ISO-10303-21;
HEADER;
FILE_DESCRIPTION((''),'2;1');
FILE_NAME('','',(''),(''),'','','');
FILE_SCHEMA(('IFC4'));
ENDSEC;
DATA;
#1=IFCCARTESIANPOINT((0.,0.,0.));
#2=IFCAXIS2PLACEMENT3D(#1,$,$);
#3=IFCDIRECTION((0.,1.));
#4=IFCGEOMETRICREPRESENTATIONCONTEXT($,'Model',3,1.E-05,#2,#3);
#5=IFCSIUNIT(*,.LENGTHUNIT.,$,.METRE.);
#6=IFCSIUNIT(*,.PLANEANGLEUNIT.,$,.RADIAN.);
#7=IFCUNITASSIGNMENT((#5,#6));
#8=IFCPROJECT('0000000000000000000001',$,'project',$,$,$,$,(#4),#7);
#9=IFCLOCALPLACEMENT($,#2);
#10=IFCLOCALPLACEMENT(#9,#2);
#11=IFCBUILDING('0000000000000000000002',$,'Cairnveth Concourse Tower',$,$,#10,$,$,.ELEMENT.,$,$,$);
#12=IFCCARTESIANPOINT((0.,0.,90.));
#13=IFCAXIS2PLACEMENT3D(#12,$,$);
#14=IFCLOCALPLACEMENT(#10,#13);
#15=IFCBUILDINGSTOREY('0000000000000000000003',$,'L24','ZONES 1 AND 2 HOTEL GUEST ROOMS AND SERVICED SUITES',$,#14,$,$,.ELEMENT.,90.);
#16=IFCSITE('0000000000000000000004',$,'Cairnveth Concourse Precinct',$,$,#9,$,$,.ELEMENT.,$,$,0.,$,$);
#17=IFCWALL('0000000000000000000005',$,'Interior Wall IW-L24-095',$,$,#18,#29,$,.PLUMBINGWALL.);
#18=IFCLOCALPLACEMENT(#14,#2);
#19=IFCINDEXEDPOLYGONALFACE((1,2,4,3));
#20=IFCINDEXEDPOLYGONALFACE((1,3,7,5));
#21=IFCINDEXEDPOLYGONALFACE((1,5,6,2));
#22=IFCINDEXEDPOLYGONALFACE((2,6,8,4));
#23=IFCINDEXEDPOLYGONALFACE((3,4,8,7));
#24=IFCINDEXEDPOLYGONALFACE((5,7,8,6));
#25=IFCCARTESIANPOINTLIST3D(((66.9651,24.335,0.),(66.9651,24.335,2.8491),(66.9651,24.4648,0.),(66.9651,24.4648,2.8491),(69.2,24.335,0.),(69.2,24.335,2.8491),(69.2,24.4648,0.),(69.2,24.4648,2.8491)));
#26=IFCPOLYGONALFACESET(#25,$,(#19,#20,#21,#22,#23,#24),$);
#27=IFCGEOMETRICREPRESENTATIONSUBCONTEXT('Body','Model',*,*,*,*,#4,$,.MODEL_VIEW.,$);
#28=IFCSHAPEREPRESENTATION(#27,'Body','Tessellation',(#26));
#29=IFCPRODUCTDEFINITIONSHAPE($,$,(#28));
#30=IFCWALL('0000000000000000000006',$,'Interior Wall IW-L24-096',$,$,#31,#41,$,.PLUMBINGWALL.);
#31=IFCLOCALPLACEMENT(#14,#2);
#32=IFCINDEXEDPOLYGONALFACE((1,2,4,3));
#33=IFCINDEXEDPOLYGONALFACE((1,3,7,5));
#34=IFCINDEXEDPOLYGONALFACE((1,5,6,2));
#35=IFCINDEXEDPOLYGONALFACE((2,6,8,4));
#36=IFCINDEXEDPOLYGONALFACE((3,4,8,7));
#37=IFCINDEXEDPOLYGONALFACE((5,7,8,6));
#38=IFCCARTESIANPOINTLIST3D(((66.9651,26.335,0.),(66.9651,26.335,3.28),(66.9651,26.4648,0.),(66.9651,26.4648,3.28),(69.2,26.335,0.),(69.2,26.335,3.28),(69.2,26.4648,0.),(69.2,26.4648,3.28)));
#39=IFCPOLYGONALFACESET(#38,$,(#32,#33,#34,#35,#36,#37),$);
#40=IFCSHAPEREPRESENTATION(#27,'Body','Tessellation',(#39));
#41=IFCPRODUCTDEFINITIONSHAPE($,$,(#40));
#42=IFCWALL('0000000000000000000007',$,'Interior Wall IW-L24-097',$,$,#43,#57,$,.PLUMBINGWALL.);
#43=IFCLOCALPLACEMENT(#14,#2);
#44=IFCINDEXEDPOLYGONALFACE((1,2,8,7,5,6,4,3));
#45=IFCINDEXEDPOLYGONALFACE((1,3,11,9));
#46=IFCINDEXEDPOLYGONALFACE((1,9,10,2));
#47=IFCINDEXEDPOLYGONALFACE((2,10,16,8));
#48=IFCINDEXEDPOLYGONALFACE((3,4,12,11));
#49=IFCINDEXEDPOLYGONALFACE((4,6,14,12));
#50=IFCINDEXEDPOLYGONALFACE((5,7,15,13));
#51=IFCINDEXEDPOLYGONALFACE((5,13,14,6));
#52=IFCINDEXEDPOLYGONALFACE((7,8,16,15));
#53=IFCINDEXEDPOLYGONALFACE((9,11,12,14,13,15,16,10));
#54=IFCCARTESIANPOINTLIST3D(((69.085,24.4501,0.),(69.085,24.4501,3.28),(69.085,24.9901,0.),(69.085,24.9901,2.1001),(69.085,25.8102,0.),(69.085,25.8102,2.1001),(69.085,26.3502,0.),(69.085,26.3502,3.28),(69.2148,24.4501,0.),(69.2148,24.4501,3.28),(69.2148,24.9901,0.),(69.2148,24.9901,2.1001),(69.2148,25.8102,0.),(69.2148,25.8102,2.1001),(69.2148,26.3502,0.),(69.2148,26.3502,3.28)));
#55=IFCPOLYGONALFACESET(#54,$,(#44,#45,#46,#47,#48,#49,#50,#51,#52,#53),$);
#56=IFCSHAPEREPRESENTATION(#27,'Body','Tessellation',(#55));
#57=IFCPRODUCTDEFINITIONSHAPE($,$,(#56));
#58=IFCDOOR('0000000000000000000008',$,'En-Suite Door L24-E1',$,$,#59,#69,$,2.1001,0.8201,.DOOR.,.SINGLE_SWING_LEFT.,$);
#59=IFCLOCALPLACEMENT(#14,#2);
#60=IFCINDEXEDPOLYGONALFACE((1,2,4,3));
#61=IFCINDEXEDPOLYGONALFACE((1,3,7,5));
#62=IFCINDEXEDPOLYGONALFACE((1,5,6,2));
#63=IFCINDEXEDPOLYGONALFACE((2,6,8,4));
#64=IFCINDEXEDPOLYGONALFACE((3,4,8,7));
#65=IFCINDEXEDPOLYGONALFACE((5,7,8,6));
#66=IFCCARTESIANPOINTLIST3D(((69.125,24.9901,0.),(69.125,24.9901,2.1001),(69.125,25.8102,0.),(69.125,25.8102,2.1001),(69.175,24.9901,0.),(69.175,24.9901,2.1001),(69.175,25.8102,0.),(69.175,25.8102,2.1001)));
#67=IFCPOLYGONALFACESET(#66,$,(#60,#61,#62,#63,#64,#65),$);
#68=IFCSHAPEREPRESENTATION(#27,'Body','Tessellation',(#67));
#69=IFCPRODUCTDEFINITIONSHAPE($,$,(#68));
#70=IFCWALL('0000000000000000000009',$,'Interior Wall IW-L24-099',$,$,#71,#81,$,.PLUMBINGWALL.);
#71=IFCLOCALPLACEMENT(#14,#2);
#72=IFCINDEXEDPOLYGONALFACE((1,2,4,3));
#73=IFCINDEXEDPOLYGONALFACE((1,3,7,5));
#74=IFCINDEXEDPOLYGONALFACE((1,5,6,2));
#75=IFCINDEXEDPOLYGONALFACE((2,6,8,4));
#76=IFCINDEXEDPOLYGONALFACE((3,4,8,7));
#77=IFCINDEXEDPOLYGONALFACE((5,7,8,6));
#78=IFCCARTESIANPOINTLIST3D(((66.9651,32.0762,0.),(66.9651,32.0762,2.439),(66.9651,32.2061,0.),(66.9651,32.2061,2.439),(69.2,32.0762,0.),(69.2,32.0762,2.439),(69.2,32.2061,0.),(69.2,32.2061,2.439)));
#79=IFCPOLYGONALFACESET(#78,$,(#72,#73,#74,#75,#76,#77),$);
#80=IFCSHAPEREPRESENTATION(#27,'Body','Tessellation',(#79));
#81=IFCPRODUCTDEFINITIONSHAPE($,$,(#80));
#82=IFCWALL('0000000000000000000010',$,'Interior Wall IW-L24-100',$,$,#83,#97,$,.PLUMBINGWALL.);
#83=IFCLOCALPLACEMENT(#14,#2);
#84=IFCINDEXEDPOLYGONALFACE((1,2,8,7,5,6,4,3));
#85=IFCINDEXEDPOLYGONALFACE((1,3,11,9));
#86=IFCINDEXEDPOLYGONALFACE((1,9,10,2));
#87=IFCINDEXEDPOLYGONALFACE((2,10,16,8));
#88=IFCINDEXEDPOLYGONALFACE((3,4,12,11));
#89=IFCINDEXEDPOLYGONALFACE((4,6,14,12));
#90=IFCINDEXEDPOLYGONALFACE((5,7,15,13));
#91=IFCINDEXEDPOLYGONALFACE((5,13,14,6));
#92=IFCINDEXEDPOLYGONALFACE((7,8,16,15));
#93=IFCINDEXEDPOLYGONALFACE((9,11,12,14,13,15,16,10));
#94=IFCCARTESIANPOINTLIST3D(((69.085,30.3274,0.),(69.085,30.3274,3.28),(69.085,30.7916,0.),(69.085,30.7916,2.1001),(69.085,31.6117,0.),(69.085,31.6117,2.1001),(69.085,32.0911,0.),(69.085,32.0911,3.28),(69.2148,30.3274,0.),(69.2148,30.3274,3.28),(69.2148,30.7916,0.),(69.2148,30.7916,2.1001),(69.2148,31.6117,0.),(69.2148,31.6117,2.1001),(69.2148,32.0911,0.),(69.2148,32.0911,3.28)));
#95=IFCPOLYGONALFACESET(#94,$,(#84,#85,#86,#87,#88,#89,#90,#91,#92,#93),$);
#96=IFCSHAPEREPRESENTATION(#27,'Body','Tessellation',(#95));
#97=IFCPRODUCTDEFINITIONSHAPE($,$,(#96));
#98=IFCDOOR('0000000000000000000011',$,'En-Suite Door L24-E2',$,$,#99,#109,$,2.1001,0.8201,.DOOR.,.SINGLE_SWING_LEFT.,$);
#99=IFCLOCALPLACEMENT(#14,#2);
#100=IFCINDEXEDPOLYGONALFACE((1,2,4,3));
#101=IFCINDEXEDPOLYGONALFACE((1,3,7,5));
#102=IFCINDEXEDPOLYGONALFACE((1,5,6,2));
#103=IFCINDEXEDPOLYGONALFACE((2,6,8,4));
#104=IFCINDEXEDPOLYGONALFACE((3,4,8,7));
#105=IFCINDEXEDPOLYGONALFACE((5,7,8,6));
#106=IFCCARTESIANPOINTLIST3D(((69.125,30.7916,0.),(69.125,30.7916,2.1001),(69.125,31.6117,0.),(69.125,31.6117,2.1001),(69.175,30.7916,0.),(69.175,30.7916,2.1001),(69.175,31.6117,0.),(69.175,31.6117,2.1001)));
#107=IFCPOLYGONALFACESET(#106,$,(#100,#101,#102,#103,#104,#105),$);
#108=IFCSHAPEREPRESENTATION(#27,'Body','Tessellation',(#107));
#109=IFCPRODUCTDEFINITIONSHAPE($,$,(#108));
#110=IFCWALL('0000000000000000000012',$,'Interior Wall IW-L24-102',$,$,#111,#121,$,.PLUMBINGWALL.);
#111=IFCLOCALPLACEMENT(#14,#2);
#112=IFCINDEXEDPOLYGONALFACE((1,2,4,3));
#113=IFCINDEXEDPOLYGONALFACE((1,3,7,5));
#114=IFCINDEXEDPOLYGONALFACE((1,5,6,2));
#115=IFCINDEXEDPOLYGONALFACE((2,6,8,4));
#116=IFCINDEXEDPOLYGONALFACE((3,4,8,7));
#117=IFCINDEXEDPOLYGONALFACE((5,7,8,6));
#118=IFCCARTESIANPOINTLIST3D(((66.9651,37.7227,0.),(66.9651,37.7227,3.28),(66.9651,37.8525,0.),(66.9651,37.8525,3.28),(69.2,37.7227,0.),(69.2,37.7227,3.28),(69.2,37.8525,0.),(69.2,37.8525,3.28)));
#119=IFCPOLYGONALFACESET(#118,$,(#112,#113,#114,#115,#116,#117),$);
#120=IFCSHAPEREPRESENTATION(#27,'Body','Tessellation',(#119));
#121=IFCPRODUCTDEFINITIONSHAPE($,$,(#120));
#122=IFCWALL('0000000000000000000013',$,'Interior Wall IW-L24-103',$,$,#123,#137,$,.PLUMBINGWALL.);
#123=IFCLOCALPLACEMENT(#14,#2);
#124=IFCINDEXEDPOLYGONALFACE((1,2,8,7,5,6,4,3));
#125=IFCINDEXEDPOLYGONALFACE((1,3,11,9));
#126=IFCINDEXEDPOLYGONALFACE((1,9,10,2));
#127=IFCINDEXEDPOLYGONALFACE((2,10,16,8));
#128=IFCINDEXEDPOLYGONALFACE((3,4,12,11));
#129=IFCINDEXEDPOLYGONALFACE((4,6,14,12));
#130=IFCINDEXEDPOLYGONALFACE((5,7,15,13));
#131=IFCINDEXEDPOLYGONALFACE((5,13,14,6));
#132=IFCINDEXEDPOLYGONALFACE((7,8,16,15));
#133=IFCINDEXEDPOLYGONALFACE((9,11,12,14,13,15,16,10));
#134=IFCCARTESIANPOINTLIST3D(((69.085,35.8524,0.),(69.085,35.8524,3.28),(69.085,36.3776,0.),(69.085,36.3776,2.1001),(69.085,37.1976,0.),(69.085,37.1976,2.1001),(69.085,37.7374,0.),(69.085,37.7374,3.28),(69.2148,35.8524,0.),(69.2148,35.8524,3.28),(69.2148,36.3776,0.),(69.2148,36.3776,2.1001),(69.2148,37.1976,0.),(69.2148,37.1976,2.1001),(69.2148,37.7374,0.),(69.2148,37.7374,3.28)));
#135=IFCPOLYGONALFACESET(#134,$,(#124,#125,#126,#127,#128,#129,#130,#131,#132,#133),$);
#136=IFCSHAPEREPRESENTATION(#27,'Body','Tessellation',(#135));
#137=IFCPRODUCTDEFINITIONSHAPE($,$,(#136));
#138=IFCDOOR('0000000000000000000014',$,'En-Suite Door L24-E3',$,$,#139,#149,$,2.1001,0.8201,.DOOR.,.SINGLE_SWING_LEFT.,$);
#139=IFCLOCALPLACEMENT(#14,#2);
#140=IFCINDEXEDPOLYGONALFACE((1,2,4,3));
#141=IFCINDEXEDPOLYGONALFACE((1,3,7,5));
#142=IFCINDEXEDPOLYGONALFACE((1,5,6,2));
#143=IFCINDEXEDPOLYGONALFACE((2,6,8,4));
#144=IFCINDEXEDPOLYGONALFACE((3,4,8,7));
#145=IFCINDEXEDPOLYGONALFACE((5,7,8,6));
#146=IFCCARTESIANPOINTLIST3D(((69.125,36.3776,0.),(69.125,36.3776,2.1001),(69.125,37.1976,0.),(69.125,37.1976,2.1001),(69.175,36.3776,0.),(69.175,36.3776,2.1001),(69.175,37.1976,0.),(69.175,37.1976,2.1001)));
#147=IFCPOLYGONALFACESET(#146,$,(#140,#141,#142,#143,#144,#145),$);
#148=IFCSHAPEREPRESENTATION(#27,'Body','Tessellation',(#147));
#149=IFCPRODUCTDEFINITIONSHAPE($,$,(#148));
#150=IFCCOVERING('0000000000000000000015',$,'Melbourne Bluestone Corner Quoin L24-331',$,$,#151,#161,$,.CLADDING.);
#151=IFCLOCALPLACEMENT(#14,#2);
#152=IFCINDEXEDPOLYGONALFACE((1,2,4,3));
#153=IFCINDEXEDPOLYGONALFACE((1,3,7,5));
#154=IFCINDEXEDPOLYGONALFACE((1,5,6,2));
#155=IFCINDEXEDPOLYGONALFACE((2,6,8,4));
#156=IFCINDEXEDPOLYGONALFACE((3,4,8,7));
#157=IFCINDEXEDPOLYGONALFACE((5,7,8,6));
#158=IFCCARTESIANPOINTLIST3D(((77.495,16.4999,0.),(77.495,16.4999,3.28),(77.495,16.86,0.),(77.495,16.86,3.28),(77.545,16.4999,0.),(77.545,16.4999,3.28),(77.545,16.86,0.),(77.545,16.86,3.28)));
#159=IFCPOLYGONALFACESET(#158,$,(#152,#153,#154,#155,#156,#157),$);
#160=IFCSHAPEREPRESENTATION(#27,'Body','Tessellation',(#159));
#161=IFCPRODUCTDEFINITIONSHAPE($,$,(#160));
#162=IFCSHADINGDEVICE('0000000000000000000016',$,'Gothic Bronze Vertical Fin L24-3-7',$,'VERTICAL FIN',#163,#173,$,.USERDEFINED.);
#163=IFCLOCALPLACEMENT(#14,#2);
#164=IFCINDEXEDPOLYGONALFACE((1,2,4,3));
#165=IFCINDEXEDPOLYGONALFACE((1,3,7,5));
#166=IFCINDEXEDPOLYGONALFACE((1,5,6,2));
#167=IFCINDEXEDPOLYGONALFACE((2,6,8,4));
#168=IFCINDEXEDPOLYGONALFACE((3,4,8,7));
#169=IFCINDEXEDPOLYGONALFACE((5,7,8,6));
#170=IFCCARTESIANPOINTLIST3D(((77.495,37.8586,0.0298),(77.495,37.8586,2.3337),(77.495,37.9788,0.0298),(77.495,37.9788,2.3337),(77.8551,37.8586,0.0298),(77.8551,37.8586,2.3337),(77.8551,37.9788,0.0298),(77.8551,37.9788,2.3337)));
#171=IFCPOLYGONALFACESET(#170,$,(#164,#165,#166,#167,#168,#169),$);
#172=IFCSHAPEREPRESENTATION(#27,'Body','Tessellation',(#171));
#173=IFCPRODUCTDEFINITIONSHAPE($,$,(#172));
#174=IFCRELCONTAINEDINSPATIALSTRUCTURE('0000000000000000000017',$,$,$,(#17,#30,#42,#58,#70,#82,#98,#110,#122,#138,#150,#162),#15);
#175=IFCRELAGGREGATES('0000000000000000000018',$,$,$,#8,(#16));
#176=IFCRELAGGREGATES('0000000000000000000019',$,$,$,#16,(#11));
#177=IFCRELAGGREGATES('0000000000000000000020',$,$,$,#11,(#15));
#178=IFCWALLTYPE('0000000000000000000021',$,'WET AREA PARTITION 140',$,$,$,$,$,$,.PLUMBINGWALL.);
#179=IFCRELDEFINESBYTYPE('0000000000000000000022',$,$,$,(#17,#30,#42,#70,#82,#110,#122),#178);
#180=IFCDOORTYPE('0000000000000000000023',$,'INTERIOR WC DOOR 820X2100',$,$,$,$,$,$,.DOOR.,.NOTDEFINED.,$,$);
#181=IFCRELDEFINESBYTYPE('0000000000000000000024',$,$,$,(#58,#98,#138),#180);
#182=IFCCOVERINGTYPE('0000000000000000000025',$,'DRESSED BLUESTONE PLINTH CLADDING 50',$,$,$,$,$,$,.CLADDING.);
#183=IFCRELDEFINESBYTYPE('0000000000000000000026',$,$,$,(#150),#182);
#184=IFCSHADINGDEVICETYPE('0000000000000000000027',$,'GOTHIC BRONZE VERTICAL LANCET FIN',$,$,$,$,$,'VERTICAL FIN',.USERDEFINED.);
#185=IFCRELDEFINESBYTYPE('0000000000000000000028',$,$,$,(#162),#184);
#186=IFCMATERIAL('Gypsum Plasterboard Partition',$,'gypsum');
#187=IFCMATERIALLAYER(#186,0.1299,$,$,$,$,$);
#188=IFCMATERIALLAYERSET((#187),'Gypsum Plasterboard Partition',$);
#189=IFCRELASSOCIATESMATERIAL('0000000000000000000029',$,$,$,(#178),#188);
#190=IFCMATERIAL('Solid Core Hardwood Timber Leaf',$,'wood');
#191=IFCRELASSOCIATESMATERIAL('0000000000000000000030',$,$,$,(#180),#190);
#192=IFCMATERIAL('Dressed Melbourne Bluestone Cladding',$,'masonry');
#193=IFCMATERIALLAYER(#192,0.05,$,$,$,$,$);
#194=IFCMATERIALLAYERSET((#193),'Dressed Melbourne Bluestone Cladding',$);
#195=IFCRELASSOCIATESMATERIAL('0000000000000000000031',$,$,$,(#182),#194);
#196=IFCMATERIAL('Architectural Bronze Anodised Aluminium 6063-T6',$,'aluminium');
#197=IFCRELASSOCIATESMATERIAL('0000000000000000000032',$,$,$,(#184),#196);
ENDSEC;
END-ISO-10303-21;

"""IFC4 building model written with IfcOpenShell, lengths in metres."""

from ifc_helpers import new_model, si_unit, direction, frame, frame_2d, origin, origin_2d, place, context, subcontext, project, spatial, rectangle, extrude, material, layer, layer_set, type_object, element, fill, save


model = new_model("IFC4")

# Units and contexts
model_context = context("Model", 3, precision=1e-05, world=origin(), true_north=direction((0.0, 1.0)))
body_context = subcontext(model_context, "Body", "Model", "MODEL_VIEW")
ifc_project = project(units=[si_unit("LENGTHUNIT", "METRE"), si_unit("PLANEANGLEUNIT", "RADIAN")], contexts=[model_context])

# Site, building, storey
site_placement = place(None, origin())
site = spatial("IfcSite", under=ifc_project, at=site_placement, Name="Cairnveth Concourse Precinct", CompositionType="ELEMENT", RefElevation=0.0)
building_placement = place(site_placement, origin())
building = spatial("IfcBuilding", under=site, at=building_placement, Name="Cairnveth Concourse Tower", CompositionType="ELEMENT")
storey_placement = place(building_placement, frame((0.0, 0.0, 90.0)))
storey = spatial("IfcBuildingStorey", under=building, at=storey_placement, Name="L24", Description="ZONES 1 AND 2 HOTEL GUEST ROOMS AND SERVICED SUITES", CompositionType="ELEMENT", Elevation=90.0)

# Shared definitions
ifc_material_1 = material(Name="Gypsum Plasterboard Partition", Category="gypsum")
ifc_material_2 = material(Name="Solid Core Hardwood Timber Leaf", Category="wood")

# Walls
ifc_layer_1 = layer(ifc_material_1, 0.1299)
ifc_layer_set_1 = layer_set([ifc_layer_1], Name="Gypsum Plasterboard Partition")
wall_type_1 = type_object("IfcWallType", Name="WET AREA PARTITION 140", PredefinedType="PLUMBINGWALL", material=ifc_layer_set_1)
wall_1_placement = place(storey_placement, frame((66.9651, 24.3999, 0.0), z_axis=(0.0, 0.0, 1.0), x_axis=(1.0, 0.0, 0.0)))
element("IfcWall", 1, at=wall_1_placement, inside=storey, type_object=wall_type_1, Name="Interior Wall IW-L24-095", PredefinedType="PLUMBINGWALL", context=body_context, shape_type="SweptSolid", body=[
    extrude(rectangle(XDim=2.2349, YDim=0.1299, at=frame_2d((1.1174, 0.0))), origin(), (0.0, 0.0, 1.0), 2.8491),
])
wall_2_placement = place(storey_placement, frame((66.9651, 26.3999, 0.0), z_axis=(0.0, 0.0, 1.0), x_axis=(1.0, 0.0, 0.0)))
element("IfcWall", 2, at=wall_2_placement, inside=storey, type_object=wall_type_1, Name="Interior Wall IW-L24-096", PredefinedType="PLUMBINGWALL", context=body_context, shape_type="SweptSolid", body=[
    extrude(rectangle(XDim=2.2349, YDim=0.1299, at=frame_2d((1.1174, 0.0))), origin(), (0.0, 0.0, 1.0), 3.28),
])

# Wall, opening, door
wall_3_placement = place(storey_placement, frame((69.1499, 24.45, 0.0), z_axis=(0.0, 0.0, 1.0), x_axis=(0.0, 1.0, 0.0)))
wall_3 = element("IfcWall", 3, at=wall_3_placement, inside=storey, type_object=wall_type_1, Name="Interior Wall IW-L24-097", PredefinedType="PLUMBINGWALL", context=body_context, shape_type="SweptSolid", body=[
    extrude(rectangle(XDim=1.9001, YDim=0.1299, at=frame_2d((0.9502, 0.0))), origin(), (0.0, 0.0, 1.0), 3.28),
])
opening_1_placement = place(wall_3_placement, frame((0.54, 0.0, 0.0)))
opening_1 = element("IfcOpeningElement", 4, at=opening_1_placement, cuts=wall_3, PredefinedType="OPENING", context=body_context, shape_type="SweptSolid", body=[
    extrude(rectangle(XDim=0.8201, YDim=2.1001, at=frame_2d((0.4102, 1.05))), frame((0.0, 0.075, 0.0), z_axis=(0.0, -1.0, 0.0), x_axis=(1.0, 0.0, 0.0)), (0.0, 0.0, 1.0), 0.1499),
])
door_type_1 = type_object("IfcDoorType", Name="INTERIOR WC DOOR 820X2100", OperationType="NOTDEFINED", PredefinedType="DOOR", material=ifc_material_2)
door_1_placement = place(opening_1_placement, origin())
door_1 = element("IfcDoor", 5, at=door_1_placement, inside=storey, type_object=door_type_1, Name="En-Suite Door L24-E1", OperationType="SINGLE_SWING_LEFT", OverallHeight=2.1001, OverallWidth=0.8201, PredefinedType="DOOR", context=body_context, shape_type="SweptSolid", body=[
    extrude(rectangle(XDim=0.8201, YDim=2.1001, at=frame_2d((0.4102, 1.05))), frame((0.0, 0.0249, 0.0), z_axis=(0.0, -1.0, 0.0), x_axis=(1.0, 0.0, 0.0)), (0.0, 0.0, 1.0), 0.05),
])
fill(opening_1, door_1)

# Wall
wall_4_placement = place(storey_placement, frame((66.9651, 32.1411, 0.0), z_axis=(0.0, 0.0, 1.0), x_axis=(1.0, 0.0, 0.0)))
element("IfcWall", 6, at=wall_4_placement, inside=storey, type_object=wall_type_1, Name="Interior Wall IW-L24-099", PredefinedType="PLUMBINGWALL", context=body_context, shape_type="SweptSolid", body=[
    extrude(rectangle(XDim=2.2349, YDim=0.1299, at=frame_2d((1.1174, 0.0))), origin(), (0.0, 0.0, 1.0), 2.439),
])

# Wall, opening, door
wall_5_placement = place(storey_placement, frame((69.1499, 30.3274, 0.0), z_axis=(0.0, 0.0, 1.0), x_axis=(0.0, 1.0, 0.0)))
wall_5 = element("IfcWall", 7, at=wall_5_placement, inside=storey, type_object=wall_type_1, Name="Interior Wall IW-L24-100", PredefinedType="PLUMBINGWALL", context=body_context, shape_type="SweptSolid", body=[
    extrude(rectangle(XDim=1.7637, YDim=0.1299, at=frame_2d((0.8818, 0.0))), origin(), (0.0, 0.0, 1.0), 3.28),
])
opening_2_placement = place(wall_5_placement, frame((0.4641, 0.0, 0.0)))
opening_2 = element("IfcOpeningElement", 8, at=opening_2_placement, cuts=wall_5, PredefinedType="OPENING", context=body_context, shape_type="SweptSolid", body=[
    extrude(rectangle(XDim=0.8201, YDim=2.1001, at=frame_2d((0.4102, 1.05))), frame((0.0, 0.075, 0.0), z_axis=(0.0, -1.0, 0.0), x_axis=(1.0, 0.0, 0.0)), (0.0, 0.0, 1.0), 0.1499),
])
door_2_placement = place(opening_2_placement, origin())
door_2 = element("IfcDoor", 9, at=door_2_placement, inside=storey, type_object=door_type_1, Name="En-Suite Door L24-E2", OperationType="SINGLE_SWING_LEFT", OverallHeight=2.1001, OverallWidth=0.8201, PredefinedType="DOOR", context=body_context, shape_type="SweptSolid", body=[
    extrude(rectangle(XDim=0.8201, YDim=2.1001, at=frame_2d((0.4102, 1.05))), frame((0.0, 0.0249, 0.0), z_axis=(0.0, -1.0, 0.0), x_axis=(1.0, 0.0, 0.0)), (0.0, 0.0, 1.0), 0.05),
])
fill(opening_2, door_2)

# Wall
wall_6_placement = place(storey_placement, frame((66.9651, 37.7876, 0.0), z_axis=(0.0, 0.0, 1.0), x_axis=(1.0, 0.0, 0.0)))
element("IfcWall", 10, at=wall_6_placement, inside=storey, type_object=wall_type_1, Name="Interior Wall IW-L24-102", PredefinedType="PLUMBINGWALL", context=body_context, shape_type="SweptSolid", body=[
    extrude(rectangle(XDim=2.2349, YDim=0.1299, at=frame_2d((1.1174, 0.0))), origin(), (0.0, 0.0, 1.0), 3.28),
])

# Wall, opening, door
wall_7_placement = place(storey_placement, frame((69.1499, 35.8525, 0.0), z_axis=(0.0, 0.0, 1.0), x_axis=(0.0, 1.0, 0.0)))
wall_7 = element("IfcWall", 11, at=wall_7_placement, inside=storey, type_object=wall_type_1, Name="Interior Wall IW-L24-103", PredefinedType="PLUMBINGWALL", context=body_context, shape_type="SweptSolid", body=[
    extrude(rectangle(XDim=1.885, YDim=0.1299, at=frame_2d((0.9424, 0.0))), origin(), (0.0, 0.0, 1.0), 3.28),
])
opening_3_placement = place(wall_7_placement, frame((0.5249, 0.0, 0.0)))
opening_3 = element("IfcOpeningElement", 12, at=opening_3_placement, cuts=wall_7, PredefinedType="OPENING", context=body_context, shape_type="SweptSolid", body=[
    extrude(rectangle(XDim=0.8201, YDim=2.1001, at=frame_2d((0.4102, 1.05))), frame((0.0, 0.075, 0.0), z_axis=(0.0, -1.0, 0.0), x_axis=(1.0, 0.0, 0.0)), (0.0, 0.0, 1.0), 0.1499),
])
door_3_placement = place(opening_3_placement, origin())
door_3 = element("IfcDoor", 13, at=door_3_placement, inside=storey, type_object=door_type_1, Name="En-Suite Door L24-E3", OperationType="SINGLE_SWING_LEFT", OverallHeight=2.1001, OverallWidth=0.8201, PredefinedType="DOOR", context=body_context, shape_type="SweptSolid", body=[
    extrude(rectangle(XDim=0.8201, YDim=2.1001, at=frame_2d((0.4102, 1.05))), frame((0.0, 0.0249, 0.0), z_axis=(0.0, -1.0, 0.0), x_axis=(1.0, 0.0, 0.0)), (0.0, 0.0, 1.0), 0.05),
])
fill(opening_3, door_3)

# Covering
ifc_material_3 = material(Name="Dressed Melbourne Bluestone Cladding", Category="masonry")
ifc_layer_2 = layer(ifc_material_3, 0.05)
ifc_layer_set_2 = layer_set([ifc_layer_2], Name="Dressed Melbourne Bluestone Cladding")
covering_type = type_object("IfcCoveringType", Name="DRESSED BLUESTONE PLINTH CLADDING 50", PredefinedType="CLADDING", material=ifc_layer_set_2)
covering_placement = place(storey_placement, frame((77.52, 16.8601, 0.0), z_axis=(0.0, 0.0, 1.0), x_axis=(0.0, -1.0, 0.0)))
element("IfcCovering", 14, at=covering_placement, inside=storey, type_object=covering_type, Name="Melbourne Bluestone Corner Quoin L24-331", PredefinedType="CLADDING", context=body_context, shape_type="SweptSolid", body=[
    extrude(rectangle(XDim=0.3601, YDim=0.05, at=frame_2d((0.1802, 0.0))), origin(), (0.0, 0.0, 1.0), 3.28),
])

# Shading device
ifc_material_4 = material(Name="Architectural Bronze Anodised Aluminium 6063-T6", Category="aluminium")
shading_device_type = type_object("IfcShadingDeviceType", Name="GOTHIC BRONZE VERTICAL LANCET FIN", ElementType="VERTICAL FIN", PredefinedType="USERDEFINED", material=ifc_material_4)
for number, where, z_axis, x_axis, name in (
    (15, (77.675, 37.9187, 0.0298), (0.0, 0.0, 1.0), (0.0, 1.0, 0.0), "Gothic Bronze Vertical Fin L24-3-7"),
):
    element("IfcShadingDevice", number, at=place(storey_placement, frame(where, z_axis=z_axis, x_axis=x_axis)), inside=storey, type_object=shading_device_type, Name=name, ObjectType="VERTICAL FIN", PredefinedType="USERDEFINED", context=body_context, shape_type="SweptSolid", body=[
        extrude(rectangle(XDim=0.1201, YDim=0.3601, at=origin_2d()), origin(), (0.0, 0.0, 1.0), 2.304),
    ])

save(model, "model.ifc")
